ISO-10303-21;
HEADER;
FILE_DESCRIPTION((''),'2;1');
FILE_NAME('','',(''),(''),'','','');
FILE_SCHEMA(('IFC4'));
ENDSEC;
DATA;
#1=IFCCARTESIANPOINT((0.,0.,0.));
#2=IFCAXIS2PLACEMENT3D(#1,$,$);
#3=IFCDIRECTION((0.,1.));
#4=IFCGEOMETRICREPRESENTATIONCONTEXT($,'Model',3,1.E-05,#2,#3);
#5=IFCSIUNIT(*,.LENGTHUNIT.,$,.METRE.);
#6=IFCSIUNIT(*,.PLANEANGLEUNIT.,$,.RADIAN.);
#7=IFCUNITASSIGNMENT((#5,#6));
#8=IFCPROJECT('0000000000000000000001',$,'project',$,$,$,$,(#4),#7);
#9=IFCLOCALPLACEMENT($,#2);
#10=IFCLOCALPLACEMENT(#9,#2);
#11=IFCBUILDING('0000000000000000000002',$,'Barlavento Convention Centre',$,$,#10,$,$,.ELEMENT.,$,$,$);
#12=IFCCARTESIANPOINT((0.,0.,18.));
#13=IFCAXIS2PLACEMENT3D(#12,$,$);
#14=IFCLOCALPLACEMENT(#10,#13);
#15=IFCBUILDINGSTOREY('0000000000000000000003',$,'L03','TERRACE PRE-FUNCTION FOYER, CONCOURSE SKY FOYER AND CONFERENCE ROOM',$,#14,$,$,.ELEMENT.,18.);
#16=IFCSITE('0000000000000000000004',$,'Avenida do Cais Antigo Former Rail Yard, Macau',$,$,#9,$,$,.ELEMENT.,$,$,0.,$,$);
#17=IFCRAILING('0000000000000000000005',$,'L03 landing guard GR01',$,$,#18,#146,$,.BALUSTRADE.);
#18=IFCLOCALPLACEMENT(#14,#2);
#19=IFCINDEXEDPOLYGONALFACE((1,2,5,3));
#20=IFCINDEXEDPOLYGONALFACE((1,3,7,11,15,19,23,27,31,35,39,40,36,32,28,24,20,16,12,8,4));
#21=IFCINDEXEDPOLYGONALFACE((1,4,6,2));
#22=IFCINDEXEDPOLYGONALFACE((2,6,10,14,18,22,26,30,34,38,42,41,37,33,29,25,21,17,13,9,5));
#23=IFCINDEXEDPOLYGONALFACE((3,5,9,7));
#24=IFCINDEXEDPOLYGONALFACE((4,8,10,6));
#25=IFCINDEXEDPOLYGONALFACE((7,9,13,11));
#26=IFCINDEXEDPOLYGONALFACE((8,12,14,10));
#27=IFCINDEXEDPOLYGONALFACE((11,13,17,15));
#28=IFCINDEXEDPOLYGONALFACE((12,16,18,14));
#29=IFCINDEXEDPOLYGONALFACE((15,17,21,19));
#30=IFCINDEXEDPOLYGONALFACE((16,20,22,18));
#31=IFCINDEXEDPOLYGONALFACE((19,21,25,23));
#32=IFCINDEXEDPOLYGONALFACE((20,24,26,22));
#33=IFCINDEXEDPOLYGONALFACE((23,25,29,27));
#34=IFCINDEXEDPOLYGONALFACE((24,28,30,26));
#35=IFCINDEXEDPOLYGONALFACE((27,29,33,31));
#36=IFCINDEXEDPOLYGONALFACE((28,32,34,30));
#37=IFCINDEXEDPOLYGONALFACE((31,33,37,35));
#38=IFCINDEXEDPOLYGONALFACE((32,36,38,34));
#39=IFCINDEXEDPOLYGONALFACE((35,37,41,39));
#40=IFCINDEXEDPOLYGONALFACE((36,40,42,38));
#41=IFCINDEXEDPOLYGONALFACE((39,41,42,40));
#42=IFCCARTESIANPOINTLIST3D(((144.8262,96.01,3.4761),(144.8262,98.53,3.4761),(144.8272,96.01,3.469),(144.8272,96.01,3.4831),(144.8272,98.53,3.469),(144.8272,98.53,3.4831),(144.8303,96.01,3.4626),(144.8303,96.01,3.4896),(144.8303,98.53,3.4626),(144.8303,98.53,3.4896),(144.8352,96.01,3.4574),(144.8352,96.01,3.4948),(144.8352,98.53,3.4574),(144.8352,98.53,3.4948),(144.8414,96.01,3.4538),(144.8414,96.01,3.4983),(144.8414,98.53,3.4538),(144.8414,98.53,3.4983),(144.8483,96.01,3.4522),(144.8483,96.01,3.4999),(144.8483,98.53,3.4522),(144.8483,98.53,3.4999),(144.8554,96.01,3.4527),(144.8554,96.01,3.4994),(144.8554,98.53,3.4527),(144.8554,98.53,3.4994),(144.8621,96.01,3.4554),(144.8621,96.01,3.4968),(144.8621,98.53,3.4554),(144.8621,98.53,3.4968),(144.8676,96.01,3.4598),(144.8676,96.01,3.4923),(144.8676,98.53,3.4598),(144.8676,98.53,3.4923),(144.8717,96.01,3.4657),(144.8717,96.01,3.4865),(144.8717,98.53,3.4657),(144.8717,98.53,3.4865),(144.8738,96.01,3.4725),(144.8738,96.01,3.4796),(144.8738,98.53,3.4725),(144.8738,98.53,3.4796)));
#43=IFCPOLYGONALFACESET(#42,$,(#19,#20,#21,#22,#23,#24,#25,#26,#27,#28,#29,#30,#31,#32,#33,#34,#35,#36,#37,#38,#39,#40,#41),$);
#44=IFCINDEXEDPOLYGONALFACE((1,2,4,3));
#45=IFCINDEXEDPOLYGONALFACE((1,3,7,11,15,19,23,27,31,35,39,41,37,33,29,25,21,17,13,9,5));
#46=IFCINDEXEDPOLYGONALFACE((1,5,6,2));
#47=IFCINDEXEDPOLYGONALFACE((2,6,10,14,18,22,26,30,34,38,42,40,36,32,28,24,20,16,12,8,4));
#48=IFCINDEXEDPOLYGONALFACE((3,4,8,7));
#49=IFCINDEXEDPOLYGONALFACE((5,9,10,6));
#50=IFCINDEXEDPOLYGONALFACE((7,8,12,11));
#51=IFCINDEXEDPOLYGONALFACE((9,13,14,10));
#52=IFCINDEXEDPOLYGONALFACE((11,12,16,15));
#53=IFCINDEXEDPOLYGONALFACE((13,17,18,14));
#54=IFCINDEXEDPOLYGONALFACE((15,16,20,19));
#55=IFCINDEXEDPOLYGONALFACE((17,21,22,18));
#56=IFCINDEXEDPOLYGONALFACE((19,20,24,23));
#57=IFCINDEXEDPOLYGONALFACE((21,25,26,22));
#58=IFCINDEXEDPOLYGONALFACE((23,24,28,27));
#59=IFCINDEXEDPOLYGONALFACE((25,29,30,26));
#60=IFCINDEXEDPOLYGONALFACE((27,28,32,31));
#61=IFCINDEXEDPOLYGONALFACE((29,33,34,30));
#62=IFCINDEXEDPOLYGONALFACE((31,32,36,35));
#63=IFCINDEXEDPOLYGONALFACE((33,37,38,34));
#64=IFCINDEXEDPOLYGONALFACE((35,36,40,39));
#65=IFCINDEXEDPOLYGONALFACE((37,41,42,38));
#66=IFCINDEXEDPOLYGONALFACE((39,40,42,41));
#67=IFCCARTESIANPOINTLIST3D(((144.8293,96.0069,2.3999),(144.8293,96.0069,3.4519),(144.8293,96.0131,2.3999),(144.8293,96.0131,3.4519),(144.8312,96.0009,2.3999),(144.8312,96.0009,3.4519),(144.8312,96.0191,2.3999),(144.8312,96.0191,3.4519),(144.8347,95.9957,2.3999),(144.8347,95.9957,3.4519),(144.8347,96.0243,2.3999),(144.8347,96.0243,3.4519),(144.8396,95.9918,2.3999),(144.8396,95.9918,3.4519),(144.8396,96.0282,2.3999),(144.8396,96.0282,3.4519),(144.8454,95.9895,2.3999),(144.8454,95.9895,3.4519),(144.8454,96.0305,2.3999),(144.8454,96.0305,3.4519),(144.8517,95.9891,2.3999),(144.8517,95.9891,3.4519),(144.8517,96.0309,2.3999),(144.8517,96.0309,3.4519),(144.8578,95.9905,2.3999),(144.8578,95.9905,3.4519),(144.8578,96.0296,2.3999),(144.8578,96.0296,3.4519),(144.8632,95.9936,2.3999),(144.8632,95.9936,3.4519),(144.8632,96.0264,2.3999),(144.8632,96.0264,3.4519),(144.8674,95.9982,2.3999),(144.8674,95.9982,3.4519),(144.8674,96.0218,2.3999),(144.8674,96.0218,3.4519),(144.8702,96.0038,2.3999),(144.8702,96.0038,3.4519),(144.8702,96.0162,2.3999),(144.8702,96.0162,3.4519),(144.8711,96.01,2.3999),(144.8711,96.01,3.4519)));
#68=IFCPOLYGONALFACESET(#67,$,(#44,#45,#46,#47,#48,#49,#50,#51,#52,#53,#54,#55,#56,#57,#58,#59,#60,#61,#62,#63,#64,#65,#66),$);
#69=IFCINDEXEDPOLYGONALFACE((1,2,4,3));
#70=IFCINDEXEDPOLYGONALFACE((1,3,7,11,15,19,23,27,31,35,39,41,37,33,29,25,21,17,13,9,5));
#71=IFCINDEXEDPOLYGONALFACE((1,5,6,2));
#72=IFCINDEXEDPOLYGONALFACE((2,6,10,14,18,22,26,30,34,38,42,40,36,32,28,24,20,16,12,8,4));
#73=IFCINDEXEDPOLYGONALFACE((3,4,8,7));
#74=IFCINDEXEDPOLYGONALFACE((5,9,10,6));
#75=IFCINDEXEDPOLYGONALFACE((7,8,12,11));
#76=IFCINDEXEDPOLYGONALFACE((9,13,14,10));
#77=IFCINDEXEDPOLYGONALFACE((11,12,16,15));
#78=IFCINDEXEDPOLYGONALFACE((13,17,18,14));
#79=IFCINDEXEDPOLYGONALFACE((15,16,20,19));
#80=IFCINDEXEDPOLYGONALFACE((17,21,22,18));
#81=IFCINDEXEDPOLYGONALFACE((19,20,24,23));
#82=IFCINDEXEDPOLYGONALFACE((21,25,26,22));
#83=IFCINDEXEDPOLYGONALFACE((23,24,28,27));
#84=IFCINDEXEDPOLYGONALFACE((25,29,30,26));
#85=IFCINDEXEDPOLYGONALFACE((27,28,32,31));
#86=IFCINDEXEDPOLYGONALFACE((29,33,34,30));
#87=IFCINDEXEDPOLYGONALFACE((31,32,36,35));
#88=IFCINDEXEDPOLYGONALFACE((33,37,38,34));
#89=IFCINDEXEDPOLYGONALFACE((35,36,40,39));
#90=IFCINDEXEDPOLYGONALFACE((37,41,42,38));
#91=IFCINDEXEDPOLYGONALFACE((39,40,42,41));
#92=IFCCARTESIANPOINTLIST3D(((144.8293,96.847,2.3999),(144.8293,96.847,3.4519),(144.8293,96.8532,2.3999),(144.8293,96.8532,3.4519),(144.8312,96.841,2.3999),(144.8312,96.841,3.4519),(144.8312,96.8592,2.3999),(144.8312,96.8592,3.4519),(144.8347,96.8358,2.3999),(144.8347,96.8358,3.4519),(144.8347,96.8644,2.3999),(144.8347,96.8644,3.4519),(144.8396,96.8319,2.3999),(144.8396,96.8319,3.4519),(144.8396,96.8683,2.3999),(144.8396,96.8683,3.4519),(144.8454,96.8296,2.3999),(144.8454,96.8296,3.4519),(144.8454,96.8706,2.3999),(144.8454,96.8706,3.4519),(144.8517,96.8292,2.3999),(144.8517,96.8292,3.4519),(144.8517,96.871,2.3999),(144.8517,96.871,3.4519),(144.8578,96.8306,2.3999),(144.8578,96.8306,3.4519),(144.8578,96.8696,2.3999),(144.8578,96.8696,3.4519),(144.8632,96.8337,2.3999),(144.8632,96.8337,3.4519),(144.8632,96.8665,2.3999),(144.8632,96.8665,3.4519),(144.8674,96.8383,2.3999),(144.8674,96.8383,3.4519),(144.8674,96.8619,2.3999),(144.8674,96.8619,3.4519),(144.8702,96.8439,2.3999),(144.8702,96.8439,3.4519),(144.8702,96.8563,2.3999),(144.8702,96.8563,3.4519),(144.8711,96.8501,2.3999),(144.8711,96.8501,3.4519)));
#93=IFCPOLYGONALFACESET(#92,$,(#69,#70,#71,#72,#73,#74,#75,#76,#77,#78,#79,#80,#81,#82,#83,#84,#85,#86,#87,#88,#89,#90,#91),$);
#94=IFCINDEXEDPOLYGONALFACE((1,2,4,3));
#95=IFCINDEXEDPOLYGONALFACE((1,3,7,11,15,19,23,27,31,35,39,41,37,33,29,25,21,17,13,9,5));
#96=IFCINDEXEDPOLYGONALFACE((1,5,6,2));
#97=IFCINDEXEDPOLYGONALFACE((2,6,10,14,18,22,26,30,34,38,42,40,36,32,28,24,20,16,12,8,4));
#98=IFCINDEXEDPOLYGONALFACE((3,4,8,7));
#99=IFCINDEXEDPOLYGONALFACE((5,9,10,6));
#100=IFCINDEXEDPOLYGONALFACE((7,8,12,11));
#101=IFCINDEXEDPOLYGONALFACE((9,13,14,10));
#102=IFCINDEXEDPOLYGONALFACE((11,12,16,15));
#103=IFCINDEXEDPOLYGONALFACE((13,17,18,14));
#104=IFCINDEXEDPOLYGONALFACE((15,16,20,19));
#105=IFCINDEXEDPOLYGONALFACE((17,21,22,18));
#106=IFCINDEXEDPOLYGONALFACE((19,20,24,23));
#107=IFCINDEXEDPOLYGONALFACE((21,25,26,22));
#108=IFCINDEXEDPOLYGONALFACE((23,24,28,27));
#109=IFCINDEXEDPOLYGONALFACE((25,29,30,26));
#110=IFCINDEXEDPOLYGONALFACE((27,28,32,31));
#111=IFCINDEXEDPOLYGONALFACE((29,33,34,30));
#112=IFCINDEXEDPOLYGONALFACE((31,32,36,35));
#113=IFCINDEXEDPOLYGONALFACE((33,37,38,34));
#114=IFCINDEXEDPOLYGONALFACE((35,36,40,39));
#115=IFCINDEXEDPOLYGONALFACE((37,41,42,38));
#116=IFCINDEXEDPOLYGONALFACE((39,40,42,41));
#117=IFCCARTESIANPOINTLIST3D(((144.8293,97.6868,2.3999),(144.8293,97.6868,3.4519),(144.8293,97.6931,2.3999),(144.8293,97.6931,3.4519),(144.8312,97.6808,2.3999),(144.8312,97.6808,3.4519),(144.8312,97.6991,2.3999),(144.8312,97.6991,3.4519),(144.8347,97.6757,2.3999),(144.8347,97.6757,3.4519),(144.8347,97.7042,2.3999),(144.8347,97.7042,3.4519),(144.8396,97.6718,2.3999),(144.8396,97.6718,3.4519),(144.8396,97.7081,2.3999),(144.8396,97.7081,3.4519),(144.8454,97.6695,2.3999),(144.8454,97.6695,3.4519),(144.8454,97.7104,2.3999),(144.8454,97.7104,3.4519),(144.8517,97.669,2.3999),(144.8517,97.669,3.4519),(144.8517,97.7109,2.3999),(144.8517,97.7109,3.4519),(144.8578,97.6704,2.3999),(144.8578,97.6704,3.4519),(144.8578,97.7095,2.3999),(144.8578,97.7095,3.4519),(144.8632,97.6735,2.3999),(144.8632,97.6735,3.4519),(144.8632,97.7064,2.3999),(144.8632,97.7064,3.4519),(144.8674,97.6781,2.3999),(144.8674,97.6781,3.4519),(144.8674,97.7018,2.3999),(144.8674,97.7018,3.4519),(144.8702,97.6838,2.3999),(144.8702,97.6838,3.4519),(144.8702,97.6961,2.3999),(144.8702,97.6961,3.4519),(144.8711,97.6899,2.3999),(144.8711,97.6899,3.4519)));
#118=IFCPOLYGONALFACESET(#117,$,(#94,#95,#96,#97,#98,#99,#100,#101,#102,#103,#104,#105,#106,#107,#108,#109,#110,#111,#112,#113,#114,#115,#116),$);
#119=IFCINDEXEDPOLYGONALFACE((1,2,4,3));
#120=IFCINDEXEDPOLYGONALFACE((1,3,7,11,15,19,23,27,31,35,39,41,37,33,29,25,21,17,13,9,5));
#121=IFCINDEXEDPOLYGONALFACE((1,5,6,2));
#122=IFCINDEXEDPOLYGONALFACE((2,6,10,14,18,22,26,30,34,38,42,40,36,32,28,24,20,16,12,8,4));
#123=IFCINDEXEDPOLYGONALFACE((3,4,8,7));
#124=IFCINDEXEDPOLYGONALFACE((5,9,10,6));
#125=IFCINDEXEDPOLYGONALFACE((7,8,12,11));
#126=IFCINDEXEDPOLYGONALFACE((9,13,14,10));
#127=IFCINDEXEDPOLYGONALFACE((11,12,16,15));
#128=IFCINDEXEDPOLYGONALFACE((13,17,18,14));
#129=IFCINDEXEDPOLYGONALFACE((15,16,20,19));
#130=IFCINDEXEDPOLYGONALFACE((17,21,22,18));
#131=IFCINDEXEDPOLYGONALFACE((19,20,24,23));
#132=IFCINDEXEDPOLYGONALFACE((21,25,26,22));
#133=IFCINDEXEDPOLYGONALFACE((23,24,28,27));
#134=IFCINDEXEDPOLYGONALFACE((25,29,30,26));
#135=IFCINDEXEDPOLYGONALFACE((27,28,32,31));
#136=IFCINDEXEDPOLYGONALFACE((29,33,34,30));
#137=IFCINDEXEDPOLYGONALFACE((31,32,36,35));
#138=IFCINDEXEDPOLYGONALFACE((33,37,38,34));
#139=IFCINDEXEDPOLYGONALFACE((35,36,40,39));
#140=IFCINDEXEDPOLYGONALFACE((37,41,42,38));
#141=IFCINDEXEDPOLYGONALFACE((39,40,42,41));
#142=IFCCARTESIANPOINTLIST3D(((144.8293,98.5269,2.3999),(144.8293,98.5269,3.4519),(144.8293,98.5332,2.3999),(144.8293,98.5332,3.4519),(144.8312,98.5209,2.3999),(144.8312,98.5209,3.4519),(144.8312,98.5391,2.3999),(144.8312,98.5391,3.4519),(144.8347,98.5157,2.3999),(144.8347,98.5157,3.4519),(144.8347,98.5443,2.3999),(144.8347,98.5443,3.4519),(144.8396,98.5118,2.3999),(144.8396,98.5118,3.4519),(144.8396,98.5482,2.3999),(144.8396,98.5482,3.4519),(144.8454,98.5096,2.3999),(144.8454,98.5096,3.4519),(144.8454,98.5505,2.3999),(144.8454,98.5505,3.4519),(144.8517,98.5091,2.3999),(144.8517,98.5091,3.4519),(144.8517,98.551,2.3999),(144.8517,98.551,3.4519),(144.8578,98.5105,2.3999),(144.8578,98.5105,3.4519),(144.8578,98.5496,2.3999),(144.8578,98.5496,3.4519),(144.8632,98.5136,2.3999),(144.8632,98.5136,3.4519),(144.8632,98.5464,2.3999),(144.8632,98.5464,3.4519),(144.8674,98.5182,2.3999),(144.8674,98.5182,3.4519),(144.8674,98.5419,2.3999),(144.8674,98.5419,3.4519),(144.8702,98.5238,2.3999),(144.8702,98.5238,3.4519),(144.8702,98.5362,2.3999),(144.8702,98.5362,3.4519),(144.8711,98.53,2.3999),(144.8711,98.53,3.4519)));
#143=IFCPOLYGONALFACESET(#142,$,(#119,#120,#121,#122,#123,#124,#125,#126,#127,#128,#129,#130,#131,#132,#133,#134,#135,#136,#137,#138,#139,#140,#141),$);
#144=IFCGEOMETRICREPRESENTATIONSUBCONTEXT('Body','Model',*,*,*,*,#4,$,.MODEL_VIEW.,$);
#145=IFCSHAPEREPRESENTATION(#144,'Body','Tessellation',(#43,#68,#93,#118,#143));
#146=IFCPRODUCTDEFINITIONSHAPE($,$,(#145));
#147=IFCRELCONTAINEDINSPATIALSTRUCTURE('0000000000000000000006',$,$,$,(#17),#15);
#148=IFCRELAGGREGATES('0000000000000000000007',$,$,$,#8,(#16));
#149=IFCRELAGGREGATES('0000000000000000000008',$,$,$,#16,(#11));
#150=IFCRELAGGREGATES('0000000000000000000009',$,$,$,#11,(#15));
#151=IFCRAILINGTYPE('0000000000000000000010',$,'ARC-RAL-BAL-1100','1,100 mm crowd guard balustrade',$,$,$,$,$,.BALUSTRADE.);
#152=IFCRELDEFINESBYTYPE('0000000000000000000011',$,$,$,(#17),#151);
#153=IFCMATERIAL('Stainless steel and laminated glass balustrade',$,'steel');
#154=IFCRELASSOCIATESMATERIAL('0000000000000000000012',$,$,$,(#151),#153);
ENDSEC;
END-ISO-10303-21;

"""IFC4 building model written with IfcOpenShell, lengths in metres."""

from ifc_helpers import new_model, si_unit, direction, frame, origin, origin_2d, place, context, subcontext, project, spatial, circle, extrude, material, type_object, element, save


model = new_model("IFC4")

# Units and contexts
model_context = context("Model", 3, precision=1e-05, world=origin(), true_north=direction((0.0, 1.0)))
body_context = subcontext(model_context, "Body", "Model", "MODEL_VIEW")
ifc_project = project(units=[si_unit("LENGTHUNIT", "METRE"), si_unit("PLANEANGLEUNIT", "RADIAN")], contexts=[model_context])

# Site, building, storey
site_placement = place(None, origin())
site = spatial("IfcSite", under=ifc_project, at=site_placement, Name="Avenida do Cais Antigo Former Rail Yard, Macau", CompositionType="ELEMENT", RefElevation=0.0)
building_placement = place(site_placement, origin())
building = spatial("IfcBuilding", under=site, at=building_placement, Name="Barlavento Convention Centre", CompositionType="ELEMENT")
storey_placement = place(building_placement, frame((0.0, 0.0, 18.0)))
storey = spatial("IfcBuildingStorey", under=building, at=storey_placement, Name="L03", Description="TERRACE PRE-FUNCTION FOYER, CONCOURSE SKY FOYER AND CONFERENCE ROOM", CompositionType="ELEMENT", Elevation=18.0)

# Railing
ifc_material_1 = material(Name="Stainless steel and laminated glass balustrade", Category="steel")
railing_type_1 = type_object("IfcRailingType", Name="ARC-RAL-BAL-1100", Description="1,100 mm crowd guard balustrade", PredefinedType="BALUSTRADE", material=ifc_material_1)
for number, where, name in (
    (1, (144.8501, 96.01, 2.3999), "L03 landing guard GR01"),
):
    element("IfcRailing", number, at=place(storey_placement, frame(where)), inside=storey, type_object=railing_type_1, Name=name, PredefinedType="BALUSTRADE", context=body_context, shape_type="SweptSolid", body=[
        extrude(circle(Radius=0.0239, at=origin_2d()), frame((0.0, 0.0, 1.0762), z_axis=(0.0, 1.0, 0.0), x_axis=(-1.0, 0.0, 0.0)), (0.0, 0.0, 1.0), 2.52),
        extrude(circle(Radius=0.021, at=origin_2d()), origin(), (0.0, 0.0, 1.0), 1.052),
        extrude(circle(Radius=0.021, at=origin_2d()), frame((0.0, 0.8401, 0.0)), (0.0, 0.0, 1.0), 1.052),
        extrude(circle(Radius=0.021, at=origin_2d()), frame((0.0, 1.6799, 0.0)), (0.0, 0.0, 1.0), 1.052),
        extrude(circle(Radius=0.021, at=origin_2d()), frame((0.0, 2.52, 0.0)), (0.0, 0.0, 1.0), 1.052),
    ])

save(model, "model.ifc")
